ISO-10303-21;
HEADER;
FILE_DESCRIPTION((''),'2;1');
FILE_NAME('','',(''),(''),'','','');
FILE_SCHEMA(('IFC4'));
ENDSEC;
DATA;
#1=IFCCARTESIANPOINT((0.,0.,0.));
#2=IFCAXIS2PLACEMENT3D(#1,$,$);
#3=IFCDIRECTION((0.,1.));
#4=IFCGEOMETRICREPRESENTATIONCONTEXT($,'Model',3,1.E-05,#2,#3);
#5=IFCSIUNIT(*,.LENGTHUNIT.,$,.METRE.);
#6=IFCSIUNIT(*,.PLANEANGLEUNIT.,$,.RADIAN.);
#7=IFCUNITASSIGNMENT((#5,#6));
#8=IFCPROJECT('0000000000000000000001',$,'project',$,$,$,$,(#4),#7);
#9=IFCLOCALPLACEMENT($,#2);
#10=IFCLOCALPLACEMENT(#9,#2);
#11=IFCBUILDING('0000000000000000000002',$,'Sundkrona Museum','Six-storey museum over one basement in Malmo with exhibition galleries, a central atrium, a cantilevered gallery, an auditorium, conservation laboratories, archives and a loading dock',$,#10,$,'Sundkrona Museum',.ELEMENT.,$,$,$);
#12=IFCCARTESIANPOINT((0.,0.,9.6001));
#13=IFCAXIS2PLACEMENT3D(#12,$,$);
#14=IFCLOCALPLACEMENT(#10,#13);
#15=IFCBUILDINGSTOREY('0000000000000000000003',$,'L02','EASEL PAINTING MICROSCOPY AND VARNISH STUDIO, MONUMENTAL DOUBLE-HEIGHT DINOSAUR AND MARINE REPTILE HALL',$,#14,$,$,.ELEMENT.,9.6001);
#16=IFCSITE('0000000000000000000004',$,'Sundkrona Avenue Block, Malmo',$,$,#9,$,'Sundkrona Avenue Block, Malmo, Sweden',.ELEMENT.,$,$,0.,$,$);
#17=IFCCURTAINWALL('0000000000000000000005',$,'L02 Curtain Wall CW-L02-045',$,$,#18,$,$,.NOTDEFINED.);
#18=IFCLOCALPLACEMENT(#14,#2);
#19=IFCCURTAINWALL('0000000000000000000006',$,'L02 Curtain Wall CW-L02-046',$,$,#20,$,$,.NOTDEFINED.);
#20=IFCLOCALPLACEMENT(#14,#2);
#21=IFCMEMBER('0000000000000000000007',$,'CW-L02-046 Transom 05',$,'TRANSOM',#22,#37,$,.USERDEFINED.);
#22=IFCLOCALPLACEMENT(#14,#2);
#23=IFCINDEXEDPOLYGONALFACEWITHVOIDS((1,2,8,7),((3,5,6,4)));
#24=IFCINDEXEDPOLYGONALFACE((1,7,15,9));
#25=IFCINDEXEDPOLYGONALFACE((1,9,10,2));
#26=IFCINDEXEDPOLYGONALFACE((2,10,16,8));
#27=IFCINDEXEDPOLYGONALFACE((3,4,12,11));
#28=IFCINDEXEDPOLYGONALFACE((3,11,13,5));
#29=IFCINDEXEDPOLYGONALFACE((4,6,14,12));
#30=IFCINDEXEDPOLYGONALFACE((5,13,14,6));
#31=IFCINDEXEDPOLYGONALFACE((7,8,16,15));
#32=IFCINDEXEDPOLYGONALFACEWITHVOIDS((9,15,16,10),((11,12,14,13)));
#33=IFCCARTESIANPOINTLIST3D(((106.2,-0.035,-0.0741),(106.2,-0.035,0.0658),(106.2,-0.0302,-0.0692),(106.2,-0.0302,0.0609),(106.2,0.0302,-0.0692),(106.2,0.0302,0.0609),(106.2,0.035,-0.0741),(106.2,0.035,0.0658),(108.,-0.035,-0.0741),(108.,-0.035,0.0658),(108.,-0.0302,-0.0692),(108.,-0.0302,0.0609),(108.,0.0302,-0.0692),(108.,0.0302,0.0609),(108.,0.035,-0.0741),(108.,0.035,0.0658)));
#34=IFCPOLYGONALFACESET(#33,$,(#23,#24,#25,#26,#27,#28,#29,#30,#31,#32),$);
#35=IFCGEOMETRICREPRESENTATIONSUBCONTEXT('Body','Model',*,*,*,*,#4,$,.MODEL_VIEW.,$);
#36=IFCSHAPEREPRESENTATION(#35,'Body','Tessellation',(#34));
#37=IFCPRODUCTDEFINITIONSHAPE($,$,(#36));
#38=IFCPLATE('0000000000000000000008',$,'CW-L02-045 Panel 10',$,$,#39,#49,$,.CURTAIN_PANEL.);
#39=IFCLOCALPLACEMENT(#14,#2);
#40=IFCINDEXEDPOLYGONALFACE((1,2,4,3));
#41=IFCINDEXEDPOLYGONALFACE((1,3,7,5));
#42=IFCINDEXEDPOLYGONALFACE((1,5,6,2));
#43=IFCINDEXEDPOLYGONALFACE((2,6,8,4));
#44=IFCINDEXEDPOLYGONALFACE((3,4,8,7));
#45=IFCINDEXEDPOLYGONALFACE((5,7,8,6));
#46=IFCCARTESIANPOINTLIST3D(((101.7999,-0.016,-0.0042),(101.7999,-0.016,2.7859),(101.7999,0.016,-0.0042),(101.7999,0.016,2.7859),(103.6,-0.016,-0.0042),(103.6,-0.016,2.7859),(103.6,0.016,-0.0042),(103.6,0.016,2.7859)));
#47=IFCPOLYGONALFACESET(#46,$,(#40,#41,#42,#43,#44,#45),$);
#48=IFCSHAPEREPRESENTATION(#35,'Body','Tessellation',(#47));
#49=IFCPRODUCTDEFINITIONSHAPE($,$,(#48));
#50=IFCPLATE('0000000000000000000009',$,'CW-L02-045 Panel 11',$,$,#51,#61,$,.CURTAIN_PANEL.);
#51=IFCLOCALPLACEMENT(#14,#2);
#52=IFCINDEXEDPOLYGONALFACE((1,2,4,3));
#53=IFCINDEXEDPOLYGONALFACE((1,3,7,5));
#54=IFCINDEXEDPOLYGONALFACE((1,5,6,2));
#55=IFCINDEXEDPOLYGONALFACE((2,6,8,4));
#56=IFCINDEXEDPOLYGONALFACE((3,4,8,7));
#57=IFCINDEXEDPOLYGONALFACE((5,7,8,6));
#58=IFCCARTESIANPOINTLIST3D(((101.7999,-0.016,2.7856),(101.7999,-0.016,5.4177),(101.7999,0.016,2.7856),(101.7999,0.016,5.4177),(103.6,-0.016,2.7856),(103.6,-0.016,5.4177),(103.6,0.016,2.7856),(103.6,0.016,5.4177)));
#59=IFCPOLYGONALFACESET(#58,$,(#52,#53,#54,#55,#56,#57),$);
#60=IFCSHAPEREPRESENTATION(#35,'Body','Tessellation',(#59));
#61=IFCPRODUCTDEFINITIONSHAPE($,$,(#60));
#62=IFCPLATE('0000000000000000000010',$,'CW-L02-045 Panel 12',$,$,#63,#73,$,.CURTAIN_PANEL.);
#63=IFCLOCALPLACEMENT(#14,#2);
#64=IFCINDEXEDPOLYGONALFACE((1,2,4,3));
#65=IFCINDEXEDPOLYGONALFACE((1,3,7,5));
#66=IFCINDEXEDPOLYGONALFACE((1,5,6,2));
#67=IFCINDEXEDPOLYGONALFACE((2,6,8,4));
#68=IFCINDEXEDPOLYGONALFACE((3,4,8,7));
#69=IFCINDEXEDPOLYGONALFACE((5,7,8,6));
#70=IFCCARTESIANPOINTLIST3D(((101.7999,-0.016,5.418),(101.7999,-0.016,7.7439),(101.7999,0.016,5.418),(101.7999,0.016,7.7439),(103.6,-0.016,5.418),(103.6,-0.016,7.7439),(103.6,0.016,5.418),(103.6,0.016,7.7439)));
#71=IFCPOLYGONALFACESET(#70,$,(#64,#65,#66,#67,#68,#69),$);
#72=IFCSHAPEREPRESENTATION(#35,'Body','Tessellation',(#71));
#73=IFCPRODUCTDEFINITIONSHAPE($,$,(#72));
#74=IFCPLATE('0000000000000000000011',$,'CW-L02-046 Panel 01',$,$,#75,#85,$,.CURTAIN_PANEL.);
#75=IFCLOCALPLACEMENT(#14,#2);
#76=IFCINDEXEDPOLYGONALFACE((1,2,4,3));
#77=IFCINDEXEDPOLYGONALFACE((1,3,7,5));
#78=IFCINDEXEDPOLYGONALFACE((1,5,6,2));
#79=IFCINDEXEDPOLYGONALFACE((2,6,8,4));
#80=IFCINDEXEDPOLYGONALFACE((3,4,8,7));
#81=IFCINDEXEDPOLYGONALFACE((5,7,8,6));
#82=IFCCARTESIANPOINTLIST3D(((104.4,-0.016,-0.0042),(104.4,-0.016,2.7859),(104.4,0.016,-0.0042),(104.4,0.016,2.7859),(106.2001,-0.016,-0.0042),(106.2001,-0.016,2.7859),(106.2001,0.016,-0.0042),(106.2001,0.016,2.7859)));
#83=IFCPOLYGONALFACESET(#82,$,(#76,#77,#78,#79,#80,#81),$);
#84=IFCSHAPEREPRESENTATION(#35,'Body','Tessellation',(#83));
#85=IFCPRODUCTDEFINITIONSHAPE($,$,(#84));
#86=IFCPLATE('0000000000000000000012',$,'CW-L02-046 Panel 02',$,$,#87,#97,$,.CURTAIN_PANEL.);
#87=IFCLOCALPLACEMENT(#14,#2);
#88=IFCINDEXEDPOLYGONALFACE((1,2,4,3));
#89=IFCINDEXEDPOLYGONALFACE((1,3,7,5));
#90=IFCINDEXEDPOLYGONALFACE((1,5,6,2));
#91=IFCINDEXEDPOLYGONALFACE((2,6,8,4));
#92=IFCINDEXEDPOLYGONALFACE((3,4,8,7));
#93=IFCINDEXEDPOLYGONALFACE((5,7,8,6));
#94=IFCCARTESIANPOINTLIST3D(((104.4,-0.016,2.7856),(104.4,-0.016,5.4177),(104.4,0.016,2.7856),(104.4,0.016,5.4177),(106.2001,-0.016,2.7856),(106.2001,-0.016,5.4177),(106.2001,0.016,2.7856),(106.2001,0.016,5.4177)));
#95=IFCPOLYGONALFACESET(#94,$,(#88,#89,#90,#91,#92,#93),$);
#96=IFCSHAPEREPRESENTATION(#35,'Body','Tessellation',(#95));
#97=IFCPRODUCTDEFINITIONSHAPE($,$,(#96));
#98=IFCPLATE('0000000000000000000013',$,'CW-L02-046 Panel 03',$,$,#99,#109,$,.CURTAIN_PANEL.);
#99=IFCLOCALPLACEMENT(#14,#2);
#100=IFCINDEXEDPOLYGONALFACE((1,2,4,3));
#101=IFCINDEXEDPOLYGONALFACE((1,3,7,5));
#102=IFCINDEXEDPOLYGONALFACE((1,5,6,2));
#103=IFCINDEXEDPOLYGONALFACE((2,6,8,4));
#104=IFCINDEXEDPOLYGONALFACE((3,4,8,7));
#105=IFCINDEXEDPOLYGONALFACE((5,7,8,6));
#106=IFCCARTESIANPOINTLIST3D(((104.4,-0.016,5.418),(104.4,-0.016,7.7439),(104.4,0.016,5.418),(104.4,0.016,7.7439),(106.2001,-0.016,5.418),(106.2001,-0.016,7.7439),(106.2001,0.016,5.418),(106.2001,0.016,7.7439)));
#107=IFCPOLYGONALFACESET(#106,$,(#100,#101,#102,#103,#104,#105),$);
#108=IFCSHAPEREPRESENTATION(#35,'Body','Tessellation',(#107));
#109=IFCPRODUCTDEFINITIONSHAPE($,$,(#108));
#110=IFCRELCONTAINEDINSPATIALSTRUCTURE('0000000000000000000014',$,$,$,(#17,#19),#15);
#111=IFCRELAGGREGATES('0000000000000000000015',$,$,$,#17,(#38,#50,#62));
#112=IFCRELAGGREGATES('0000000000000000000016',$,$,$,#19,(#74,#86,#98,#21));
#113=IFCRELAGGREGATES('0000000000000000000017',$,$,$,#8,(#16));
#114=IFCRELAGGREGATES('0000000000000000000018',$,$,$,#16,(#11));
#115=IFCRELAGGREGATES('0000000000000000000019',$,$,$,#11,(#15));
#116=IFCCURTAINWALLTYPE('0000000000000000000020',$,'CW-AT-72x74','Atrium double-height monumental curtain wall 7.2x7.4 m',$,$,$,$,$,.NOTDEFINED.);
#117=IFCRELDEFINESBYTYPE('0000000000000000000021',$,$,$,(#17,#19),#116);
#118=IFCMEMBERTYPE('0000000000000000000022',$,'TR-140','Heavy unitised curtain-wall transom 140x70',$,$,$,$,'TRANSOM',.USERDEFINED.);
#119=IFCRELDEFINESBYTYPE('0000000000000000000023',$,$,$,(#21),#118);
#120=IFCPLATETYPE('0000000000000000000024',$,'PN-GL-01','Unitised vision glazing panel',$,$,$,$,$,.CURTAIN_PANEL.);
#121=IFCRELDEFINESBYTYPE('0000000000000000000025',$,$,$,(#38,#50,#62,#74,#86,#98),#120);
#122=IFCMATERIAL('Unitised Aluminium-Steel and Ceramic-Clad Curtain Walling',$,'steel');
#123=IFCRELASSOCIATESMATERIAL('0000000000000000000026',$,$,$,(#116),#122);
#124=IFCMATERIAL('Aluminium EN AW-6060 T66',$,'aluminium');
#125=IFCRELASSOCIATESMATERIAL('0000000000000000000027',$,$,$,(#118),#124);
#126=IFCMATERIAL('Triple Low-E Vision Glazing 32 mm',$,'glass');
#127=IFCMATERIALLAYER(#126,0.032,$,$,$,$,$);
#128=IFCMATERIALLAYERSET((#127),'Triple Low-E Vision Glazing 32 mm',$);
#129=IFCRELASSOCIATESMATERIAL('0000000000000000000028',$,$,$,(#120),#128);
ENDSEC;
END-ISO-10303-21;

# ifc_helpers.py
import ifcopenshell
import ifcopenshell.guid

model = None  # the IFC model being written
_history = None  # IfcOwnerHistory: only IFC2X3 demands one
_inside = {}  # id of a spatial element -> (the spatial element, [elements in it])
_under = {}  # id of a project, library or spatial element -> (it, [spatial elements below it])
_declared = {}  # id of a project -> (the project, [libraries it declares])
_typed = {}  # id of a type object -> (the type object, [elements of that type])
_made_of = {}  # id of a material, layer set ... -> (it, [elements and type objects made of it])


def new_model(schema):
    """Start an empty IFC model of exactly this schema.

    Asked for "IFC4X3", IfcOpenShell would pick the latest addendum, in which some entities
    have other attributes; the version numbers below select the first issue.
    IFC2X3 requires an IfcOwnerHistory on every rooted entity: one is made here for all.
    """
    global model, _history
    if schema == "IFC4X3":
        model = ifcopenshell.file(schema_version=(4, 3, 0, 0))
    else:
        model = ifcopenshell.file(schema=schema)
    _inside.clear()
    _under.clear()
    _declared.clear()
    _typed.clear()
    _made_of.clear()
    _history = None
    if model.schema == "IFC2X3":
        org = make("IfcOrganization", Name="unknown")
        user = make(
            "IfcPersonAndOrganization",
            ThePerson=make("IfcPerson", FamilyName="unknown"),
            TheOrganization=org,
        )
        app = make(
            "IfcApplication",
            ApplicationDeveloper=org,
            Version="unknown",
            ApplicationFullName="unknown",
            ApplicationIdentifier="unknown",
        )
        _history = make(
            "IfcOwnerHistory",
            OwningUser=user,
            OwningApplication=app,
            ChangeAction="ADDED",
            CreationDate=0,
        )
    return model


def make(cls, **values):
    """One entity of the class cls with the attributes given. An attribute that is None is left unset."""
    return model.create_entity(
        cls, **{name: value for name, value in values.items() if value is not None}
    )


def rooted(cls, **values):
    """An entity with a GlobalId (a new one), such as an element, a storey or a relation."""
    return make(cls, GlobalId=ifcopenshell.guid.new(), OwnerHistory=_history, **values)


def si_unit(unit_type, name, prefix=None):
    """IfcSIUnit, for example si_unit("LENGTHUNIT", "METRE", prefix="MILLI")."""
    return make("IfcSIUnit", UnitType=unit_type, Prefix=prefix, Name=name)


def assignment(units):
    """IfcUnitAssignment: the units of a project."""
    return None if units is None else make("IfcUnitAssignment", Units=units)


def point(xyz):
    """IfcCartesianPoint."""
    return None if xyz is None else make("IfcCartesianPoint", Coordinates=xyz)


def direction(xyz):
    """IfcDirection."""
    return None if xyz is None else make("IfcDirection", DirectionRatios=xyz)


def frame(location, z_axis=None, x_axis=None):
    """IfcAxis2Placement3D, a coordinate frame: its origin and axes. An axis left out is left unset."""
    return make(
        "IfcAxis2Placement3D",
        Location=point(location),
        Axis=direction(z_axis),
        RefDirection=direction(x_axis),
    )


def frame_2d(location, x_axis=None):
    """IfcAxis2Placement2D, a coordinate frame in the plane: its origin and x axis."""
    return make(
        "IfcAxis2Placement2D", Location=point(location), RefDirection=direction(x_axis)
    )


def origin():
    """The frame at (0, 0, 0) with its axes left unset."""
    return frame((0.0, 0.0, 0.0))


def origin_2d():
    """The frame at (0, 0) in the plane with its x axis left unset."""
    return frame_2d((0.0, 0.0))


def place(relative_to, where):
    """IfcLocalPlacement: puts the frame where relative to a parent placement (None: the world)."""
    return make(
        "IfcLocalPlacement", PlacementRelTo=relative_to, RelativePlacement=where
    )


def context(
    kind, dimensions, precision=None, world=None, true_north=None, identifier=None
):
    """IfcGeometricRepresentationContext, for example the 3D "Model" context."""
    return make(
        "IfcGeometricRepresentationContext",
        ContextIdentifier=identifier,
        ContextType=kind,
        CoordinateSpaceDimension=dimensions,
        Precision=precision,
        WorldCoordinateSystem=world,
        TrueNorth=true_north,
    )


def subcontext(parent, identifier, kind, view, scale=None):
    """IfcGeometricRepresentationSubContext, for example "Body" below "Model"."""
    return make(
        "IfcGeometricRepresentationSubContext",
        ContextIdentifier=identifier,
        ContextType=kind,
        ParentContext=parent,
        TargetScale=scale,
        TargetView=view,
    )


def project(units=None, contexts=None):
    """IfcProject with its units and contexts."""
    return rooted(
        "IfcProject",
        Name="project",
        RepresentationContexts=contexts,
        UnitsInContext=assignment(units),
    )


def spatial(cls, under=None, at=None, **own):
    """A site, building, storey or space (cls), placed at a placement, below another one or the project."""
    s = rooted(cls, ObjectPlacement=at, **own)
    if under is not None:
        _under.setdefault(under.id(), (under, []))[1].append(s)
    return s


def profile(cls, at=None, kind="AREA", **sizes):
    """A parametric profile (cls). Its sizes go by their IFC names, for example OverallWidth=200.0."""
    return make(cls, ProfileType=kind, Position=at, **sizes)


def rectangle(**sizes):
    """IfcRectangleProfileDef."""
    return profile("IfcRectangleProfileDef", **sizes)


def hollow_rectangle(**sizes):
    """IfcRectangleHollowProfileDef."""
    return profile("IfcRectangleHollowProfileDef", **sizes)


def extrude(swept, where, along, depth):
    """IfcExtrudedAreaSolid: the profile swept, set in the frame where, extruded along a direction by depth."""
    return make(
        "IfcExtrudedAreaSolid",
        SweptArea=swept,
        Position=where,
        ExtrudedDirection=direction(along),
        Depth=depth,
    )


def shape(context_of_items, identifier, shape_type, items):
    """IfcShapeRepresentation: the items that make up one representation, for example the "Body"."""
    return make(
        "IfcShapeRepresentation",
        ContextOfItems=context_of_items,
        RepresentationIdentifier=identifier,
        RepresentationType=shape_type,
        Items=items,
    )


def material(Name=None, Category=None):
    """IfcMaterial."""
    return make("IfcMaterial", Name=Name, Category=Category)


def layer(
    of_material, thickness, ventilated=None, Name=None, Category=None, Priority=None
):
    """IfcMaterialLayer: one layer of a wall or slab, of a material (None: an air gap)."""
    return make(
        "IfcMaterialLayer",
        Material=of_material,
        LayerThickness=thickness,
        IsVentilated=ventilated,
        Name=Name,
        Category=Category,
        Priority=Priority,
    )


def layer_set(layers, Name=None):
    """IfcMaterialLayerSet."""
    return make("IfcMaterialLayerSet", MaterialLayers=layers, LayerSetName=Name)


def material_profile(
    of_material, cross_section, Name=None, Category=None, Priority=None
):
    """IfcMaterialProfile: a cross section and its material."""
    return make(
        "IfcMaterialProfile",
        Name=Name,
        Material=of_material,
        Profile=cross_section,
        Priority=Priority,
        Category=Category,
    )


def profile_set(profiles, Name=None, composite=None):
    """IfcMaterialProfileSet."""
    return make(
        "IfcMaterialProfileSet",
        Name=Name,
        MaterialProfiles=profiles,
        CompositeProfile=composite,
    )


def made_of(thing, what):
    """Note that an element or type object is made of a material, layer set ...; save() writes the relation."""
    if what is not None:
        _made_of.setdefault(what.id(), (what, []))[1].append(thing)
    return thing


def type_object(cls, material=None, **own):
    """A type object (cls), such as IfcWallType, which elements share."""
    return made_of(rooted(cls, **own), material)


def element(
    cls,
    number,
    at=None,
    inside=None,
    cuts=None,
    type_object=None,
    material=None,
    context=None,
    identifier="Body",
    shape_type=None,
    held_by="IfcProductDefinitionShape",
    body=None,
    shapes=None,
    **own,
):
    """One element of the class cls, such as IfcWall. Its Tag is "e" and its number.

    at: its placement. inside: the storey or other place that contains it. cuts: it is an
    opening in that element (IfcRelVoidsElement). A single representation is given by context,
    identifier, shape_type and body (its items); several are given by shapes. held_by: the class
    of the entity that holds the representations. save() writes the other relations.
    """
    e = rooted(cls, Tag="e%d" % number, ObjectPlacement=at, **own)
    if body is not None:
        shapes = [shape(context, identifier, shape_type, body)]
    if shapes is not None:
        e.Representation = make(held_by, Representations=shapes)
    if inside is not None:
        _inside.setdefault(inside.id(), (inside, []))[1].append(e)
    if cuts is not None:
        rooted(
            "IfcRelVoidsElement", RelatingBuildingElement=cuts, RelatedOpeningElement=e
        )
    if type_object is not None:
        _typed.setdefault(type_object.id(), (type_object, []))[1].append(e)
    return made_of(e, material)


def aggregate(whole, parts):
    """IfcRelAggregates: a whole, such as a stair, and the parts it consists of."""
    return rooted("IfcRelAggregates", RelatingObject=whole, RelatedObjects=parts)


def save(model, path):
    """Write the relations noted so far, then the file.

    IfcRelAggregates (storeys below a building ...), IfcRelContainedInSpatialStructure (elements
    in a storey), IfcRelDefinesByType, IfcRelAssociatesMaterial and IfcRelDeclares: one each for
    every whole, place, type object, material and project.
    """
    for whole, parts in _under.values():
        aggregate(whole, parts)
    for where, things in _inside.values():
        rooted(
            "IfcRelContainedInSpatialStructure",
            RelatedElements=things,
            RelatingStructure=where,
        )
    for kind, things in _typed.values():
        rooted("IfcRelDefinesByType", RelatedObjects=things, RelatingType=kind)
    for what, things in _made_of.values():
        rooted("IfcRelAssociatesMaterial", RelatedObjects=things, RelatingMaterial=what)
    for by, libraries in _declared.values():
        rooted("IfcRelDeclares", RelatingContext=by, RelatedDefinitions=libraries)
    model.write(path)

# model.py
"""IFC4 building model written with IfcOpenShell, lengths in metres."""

from ifc_helpers import new_model, si_unit, direction, frame, origin, origin_2d, place, context, subcontext, project, spatial, rectangle, hollow_rectangle, extrude, material, layer, layer_set, material_profile, profile_set, type_object, element, aggregate, save


model = new_model("IFC4")

# Units and contexts
model_context = context("Model", 3, precision=1e-05, world=origin(), true_north=direction((0.0, 1.0)))
body_context = subcontext(model_context, "Body", "Model", "MODEL_VIEW")
ifc_project = project(units=[si_unit("LENGTHUNIT", "METRE"), si_unit("PLANEANGLEUNIT", "RADIAN")], contexts=[model_context])

# Site, building, storey
site_placement = place(None, origin())
site = spatial("IfcSite", under=ifc_project, at=site_placement, Name="Sundkrona Avenue Block, Malmo", LongName="Sundkrona Avenue Block, Malmo, Sweden", CompositionType="ELEMENT", RefElevation=0.0)
building_placement = place(site_placement, origin())
building = spatial("IfcBuilding", under=site, at=building_placement, Name="Sundkrona Museum", Description="Six-storey museum over one basement in Malmo with exhibition galleries, a central atrium, a cantilevered gallery, an auditorium, conservation laboratories, archives and a loading dock", LongName="Sundkrona Museum", CompositionType="ELEMENT")
storey_placement = place(building_placement, frame((0.0, 0.0, 9.6001)))
storey = spatial("IfcBuildingStorey", under=building, at=storey_placement, Name="L02", Description="EASEL PAINTING MICROSCOPY AND VARNISH STUDIO, MONUMENTAL DOUBLE-HEIGHT DINOSAUR AND MARINE REPTILE HALL", CompositionType="ELEMENT", Elevation=9.6001)

# Curtain walls
ifc_material_1 = material(Name="Unitised Aluminium-Steel and Ceramic-Clad Curtain Walling", Category="steel")
curtain_wall_type = type_object("IfcCurtainWallType", Name="CW-AT-72x74", Description="Atrium double-height monumental curtain wall 7.2x7.4 m", PredefinedType="NOTDEFINED", material=ifc_material_1)
curtain_wall_1_placement = place(storey_placement, origin())
curtain_wall_1 = element("IfcCurtainWall", 1, at=curtain_wall_1_placement, inside=storey, type_object=curtain_wall_type, Name="L02 Curtain Wall CW-L02-045", PredefinedType="NOTDEFINED")
ifc_material_2 = material(Name="Aluminium EN AW-6060 T66", Category="aluminium")
curtain_wall_2_placement = place(storey_placement, origin())
curtain_wall_2 = element("IfcCurtainWall", 2, at=curtain_wall_2_placement, inside=storey, type_object=curtain_wall_type, Name="L02 Curtain Wall CW-L02-046", PredefinedType="NOTDEFINED")

# Member
ifc_material_profile_1 = material_profile(ifc_material_2, hollow_rectangle(XDim=0.0701, YDim=0.1399, WallThickness=0.0049, at=origin_2d()), Name="RHS 140x70x5.0")
ifc_profile_set_1 = profile_set([ifc_material_profile_1], Name="Aluminium EN AW-6060 T66")
member_type_1 = type_object("IfcMemberType", Name="TR-140", Description="Heavy unitised curtain-wall transom 140x70", ElementType="TRANSOM", PredefinedType="USERDEFINED", material=ifc_profile_set_1)
member_1_placement = place(storey_placement, frame((106.2, 0.0, -0.0042), z_axis=(1.0, 0.0, 0.0), x_axis=(0.0, 1.0, 0.0)))
member_1 = element("IfcMember", 3, at=member_1_placement, type_object=member_type_1, Name="CW-L02-046 Transom 05", ObjectType="TRANSOM", PredefinedType="USERDEFINED", context=body_context, shape_type="SweptSolid", body=[
    extrude(hollow_rectangle(XDim=0.0701, YDim=0.1399, WallThickness=0.0049, at=origin_2d()), origin(), (0.0, 0.0, 1.0), 1.8),
])

# Plates
ifc_material_3 = material(Name="Triple Low-E Vision Glazing 32 mm", Category="glass")
ifc_layer = layer(ifc_material_3, 0.032)
ifc_layer_set = layer_set([ifc_layer], Name="Triple Low-E Vision Glazing 32 mm")
plate_type = type_object("IfcPlateType", Name="PN-GL-01", Description="Unitised vision glazing panel", PredefinedType="CURTAIN_PANEL", material=ifc_layer_set)
plate_1_placement = place(storey_placement, frame((102.7, 0.0, -0.0042), z_axis=(0.0, 0.0, 1.0), x_axis=(1.0, 0.0, 0.0)))
plate_1 = element("IfcPlate", 4, at=plate_1_placement, type_object=plate_type, Name="CW-L02-045 Panel 10", PredefinedType="CURTAIN_PANEL", context=body_context, shape_type="SweptSolid", body=[
    extrude(rectangle(XDim=1.8, YDim=0.032, at=origin_2d()), origin(), (0.0, 0.0, 1.0), 2.79),
])
plate_2_placement = place(storey_placement, frame((102.7, 0.0, 2.7856), z_axis=(0.0, 0.0, 1.0), x_axis=(1.0, 0.0, 0.0)))
plate_2 = element("IfcPlate", 5, at=plate_2_placement, type_object=plate_type, Name="CW-L02-045 Panel 11", PredefinedType="CURTAIN_PANEL", context=body_context, shape_type="SweptSolid", body=[
    extrude(rectangle(XDim=1.8, YDim=0.032, at=origin_2d()), origin(), (0.0, 0.0, 1.0), 2.6321),
])
plate_3_placement = place(storey_placement, frame((102.7, 0.0, 5.418), z_axis=(0.0, 0.0, 1.0), x_axis=(1.0, 0.0, 0.0)))
plate_3 = element("IfcPlate", 6, at=plate_3_placement, type_object=plate_type, Name="CW-L02-045 Panel 12", PredefinedType="CURTAIN_PANEL", context=body_context, shape_type="SweptSolid", body=[
    extrude(rectangle(XDim=1.8, YDim=0.032, at=origin_2d()), origin(), (0.0, 0.0, 1.0), 2.3259),
])
aggregate(curtain_wall_1, [plate_1, plate_2, plate_3])
plate_4_placement = place(storey_placement, frame((105.3, 0.0, -0.0042), z_axis=(0.0, 0.0, 1.0), x_axis=(1.0, 0.0, 0.0)))
plate_4 = element("IfcPlate", 7, at=plate_4_placement, type_object=plate_type, Name="CW-L02-046 Panel 01", PredefinedType="CURTAIN_PANEL", context=body_context, shape_type="SweptSolid", body=[
    extrude(rectangle(XDim=1.8, YDim=0.032, at=origin_2d()), origin(), (0.0, 0.0, 1.0), 2.79),
])
plate_5_placement = place(storey_placement, frame((105.3, 0.0, 2.7856), z_axis=(0.0, 0.0, 1.0), x_axis=(1.0, 0.0, 0.0)))
plate_5 = element("IfcPlate", 8, at=plate_5_placement, type_object=plate_type, Name="CW-L02-046 Panel 02", PredefinedType="CURTAIN_PANEL", context=body_context, shape_type="SweptSolid", body=[
    extrude(rectangle(XDim=1.8, YDim=0.032, at=origin_2d()), origin(), (0.0, 0.0, 1.0), 2.6321),
])
plate_6_placement = place(storey_placement, frame((105.3, 0.0, 5.418), z_axis=(0.0, 0.0, 1.0), x_axis=(1.0, 0.0, 0.0)))
plate_6 = element("IfcPlate", 9, at=plate_6_placement, type_object=plate_type, Name="CW-L02-046 Panel 03", PredefinedType="CURTAIN_PANEL", context=body_context, shape_type="SweptSolid", body=[
    extrude(rectangle(XDim=1.8, YDim=0.032, at=origin_2d()), origin(), (0.0, 0.0, 1.0), 2.3259),
])
aggregate(curtain_wall_2, [plate_4, plate_5, plate_6, member_1])

save(model, "model.ifc")
